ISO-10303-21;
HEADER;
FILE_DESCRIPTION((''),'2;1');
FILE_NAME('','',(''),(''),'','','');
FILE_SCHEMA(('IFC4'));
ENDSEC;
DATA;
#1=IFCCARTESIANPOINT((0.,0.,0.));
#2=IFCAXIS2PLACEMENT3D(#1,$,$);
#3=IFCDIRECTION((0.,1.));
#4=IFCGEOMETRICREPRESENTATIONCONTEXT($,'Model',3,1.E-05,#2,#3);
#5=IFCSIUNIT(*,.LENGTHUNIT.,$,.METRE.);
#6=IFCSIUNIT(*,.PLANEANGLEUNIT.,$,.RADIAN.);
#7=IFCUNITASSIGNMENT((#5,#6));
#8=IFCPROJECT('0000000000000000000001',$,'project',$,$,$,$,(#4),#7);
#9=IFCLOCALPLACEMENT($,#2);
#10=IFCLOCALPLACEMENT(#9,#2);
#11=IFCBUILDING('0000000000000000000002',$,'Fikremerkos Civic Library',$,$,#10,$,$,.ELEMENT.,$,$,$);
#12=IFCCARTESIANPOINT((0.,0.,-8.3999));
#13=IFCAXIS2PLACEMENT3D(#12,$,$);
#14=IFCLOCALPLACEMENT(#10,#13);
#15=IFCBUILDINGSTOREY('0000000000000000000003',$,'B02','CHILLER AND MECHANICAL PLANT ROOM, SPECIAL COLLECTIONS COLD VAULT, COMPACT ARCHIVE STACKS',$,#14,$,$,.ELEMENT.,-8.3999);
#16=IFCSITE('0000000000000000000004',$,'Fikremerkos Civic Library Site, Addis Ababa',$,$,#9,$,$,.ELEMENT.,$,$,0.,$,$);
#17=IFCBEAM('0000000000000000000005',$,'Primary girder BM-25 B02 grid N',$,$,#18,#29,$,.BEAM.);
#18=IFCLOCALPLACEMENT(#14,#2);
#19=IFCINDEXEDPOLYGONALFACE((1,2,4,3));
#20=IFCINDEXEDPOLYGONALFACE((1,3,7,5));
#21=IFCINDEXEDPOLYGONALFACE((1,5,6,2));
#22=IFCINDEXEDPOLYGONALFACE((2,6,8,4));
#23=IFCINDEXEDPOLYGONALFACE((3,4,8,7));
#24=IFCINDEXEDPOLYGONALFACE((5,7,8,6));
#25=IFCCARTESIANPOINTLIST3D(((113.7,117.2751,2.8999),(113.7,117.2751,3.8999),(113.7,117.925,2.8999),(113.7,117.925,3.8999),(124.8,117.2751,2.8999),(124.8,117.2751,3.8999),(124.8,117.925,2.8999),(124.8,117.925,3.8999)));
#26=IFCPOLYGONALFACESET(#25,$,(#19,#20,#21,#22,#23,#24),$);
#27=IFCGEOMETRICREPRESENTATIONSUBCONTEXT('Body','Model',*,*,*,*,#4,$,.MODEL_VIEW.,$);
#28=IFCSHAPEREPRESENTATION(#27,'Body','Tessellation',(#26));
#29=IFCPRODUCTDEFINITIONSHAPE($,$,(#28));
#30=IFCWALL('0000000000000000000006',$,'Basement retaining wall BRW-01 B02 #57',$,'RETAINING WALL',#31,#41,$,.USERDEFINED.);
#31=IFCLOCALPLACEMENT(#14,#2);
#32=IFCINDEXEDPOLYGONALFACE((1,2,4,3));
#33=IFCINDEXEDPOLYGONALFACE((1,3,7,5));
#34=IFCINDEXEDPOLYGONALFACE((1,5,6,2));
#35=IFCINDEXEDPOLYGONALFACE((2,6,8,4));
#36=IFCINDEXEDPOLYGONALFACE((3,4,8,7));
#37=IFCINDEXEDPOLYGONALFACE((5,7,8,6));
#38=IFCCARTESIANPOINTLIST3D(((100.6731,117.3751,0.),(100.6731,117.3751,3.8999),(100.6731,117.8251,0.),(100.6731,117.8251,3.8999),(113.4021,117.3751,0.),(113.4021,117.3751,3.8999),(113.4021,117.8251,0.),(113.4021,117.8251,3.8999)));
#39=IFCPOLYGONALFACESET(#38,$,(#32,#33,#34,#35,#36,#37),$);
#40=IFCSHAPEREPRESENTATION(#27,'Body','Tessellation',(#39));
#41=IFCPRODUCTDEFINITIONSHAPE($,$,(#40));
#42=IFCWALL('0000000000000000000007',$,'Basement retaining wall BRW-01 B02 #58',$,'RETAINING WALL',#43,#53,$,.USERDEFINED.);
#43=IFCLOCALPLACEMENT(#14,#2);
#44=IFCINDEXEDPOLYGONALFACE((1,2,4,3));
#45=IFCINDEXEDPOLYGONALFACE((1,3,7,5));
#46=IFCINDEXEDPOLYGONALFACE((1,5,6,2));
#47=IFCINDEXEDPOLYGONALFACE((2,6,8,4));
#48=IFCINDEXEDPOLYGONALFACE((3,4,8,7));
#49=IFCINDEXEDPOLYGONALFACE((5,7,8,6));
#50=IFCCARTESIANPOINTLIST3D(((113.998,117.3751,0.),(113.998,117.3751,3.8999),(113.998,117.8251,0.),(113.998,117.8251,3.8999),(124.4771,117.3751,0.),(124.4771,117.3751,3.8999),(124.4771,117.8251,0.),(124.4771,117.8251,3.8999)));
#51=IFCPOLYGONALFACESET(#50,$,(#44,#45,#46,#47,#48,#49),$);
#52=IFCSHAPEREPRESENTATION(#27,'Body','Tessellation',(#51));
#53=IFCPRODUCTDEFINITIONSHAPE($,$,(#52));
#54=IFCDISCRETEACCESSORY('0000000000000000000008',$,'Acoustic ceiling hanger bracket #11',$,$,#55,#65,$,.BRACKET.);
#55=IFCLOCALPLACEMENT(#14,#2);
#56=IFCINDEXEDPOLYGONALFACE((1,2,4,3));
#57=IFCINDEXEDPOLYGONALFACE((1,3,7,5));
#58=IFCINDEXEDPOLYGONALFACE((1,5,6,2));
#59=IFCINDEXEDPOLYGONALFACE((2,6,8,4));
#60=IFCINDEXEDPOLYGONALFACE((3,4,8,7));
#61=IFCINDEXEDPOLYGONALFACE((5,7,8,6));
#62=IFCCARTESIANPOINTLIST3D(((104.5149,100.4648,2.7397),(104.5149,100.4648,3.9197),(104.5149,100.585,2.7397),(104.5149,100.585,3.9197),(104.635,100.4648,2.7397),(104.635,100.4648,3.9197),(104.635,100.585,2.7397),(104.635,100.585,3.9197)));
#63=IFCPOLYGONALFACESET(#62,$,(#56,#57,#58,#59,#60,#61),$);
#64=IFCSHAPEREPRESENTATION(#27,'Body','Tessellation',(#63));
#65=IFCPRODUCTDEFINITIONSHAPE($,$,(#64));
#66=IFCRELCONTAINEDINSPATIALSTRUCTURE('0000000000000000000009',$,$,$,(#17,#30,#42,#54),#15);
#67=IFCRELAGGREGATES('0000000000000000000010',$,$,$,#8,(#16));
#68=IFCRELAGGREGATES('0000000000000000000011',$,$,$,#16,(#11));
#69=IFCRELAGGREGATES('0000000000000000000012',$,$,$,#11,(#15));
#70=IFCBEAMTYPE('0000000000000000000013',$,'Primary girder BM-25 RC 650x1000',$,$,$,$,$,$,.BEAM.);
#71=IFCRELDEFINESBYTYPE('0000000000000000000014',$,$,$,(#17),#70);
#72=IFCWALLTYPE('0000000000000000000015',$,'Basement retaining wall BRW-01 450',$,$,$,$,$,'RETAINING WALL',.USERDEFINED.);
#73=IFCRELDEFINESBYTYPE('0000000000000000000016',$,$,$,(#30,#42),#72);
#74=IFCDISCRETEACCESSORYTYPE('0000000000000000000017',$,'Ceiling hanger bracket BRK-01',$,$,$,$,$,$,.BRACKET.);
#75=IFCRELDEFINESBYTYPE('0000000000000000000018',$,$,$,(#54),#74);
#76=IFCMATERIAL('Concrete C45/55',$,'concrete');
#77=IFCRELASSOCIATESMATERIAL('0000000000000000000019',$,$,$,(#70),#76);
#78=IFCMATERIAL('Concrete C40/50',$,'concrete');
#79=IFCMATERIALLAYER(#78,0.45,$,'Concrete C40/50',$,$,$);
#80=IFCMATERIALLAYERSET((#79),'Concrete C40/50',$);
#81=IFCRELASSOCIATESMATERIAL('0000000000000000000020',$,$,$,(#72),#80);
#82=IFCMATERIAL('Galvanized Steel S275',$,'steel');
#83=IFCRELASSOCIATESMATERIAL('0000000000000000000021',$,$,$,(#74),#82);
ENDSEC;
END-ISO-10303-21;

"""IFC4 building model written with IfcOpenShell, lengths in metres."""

from ifc_helpers import new_model, si_unit, direction, frame, frame_2d, origin, origin_2d, place, context, subcontext, project, spatial, rectangle, extrude, material, layer, layer_set, material_profile, profile_set, type_object, element, save


model = new_model("IFC4")

# Units and contexts
model_context = context("Model", 3, precision=1e-05, world=origin(), true_north=direction((0.0, 1.0)))
body_context = subcontext(model_context, "Body", "Model", "MODEL_VIEW")
ifc_project = project(units=[si_unit("LENGTHUNIT", "METRE"), si_unit("PLANEANGLEUNIT", "RADIAN")], contexts=[model_context])

# Site, building, storey
site_placement = place(None, origin())
site = spatial("IfcSite", under=ifc_project, at=site_placement, Name="Fikremerkos Civic Library Site, Addis Ababa", CompositionType="ELEMENT", RefElevation=0.0)
building_placement = place(site_placement, origin())
building = spatial("IfcBuilding", under=site, at=building_placement, Name="Fikremerkos Civic Library", CompositionType="ELEMENT")
storey_placement = place(building_placement, frame((0.0, 0.0, -8.3999)))
storey = spatial("IfcBuildingStorey", under=building, at=storey_placement, Name="B02", Description="CHILLER AND MECHANICAL PLANT ROOM, SPECIAL COLLECTIONS COLD VAULT, COMPACT ARCHIVE STACKS", CompositionType="ELEMENT", Elevation=-8.3999)

# Shared definitions
ifc_material_1 = material(Name="Concrete C40/50", Category="concrete")

# Shared definitions
ifc_material_2 = material(Name="Concrete C45/55", Category="concrete")

# Beam
ifc_material_profile_1 = material_profile(ifc_material_2, rectangle(XDim=0.6499, YDim=1.0, at=origin_2d()), Name="RC 650x1000")
ifc_profile_set_1 = profile_set([ifc_material_profile_1], Name="Concrete C45/55")
beam_type_1 = type_object("IfcBeamType", Name="Primary girder BM-25 RC 650x1000", PredefinedType="BEAM", material=ifc_profile_set_1)
beam_1_placement = place(storey_placement, frame((113.7, 117.6001, 3.3999), z_axis=(1.0, 0.0, 0.0), x_axis=(0.0, 1.0, 0.0)))
element("IfcBeam", 1, at=beam_1_placement, inside=storey, type_object=beam_type_1, Name="Primary girder BM-25 B02 grid N", PredefinedType="BEAM", context=body_context, shape_type="SweptSolid", body=[
    extrude(rectangle(XDim=0.6499, YDim=1.0, at=origin_2d()), origin(), (0.0, 0.0, 1.0), 11.1001),
])

# Walls
ifc_layer = layer(ifc_material_1, 0.45, Name="Concrete C40/50")
ifc_layer_set = layer_set([ifc_layer], Name="Concrete C40/50")
wall_type = type_object("IfcWallType", Name="Basement retaining wall BRW-01 450", ElementType="RETAINING WALL", PredefinedType="USERDEFINED", material=ifc_layer_set)
wall_1_placement = place(storey_placement, frame((100.6731, 117.6001, 0.0), z_axis=(0.0, 0.0, 1.0), x_axis=(1.0, 0.0, 0.0)))
element("IfcWall", 2, at=wall_1_placement, inside=storey, type_object=wall_type, Name="Basement retaining wall BRW-01 B02 #57", ObjectType="RETAINING WALL", PredefinedType="USERDEFINED", context=body_context, shape_type="SweptSolid", body=[
    extrude(rectangle(XDim=12.729, YDim=0.45, at=frame_2d((6.3645, 0.0))), origin(), (0.0, 0.0, 1.0), 3.8999),
])
wall_2_placement = place(storey_placement, frame((113.998, 117.6001, 0.0), z_axis=(0.0, 0.0, 1.0), x_axis=(1.0, 0.0, 0.0)))
element("IfcWall", 3, at=wall_2_placement, inside=storey, type_object=wall_type, Name="Basement retaining wall BRW-01 B02 #58", ObjectType="RETAINING WALL", PredefinedType="USERDEFINED", context=body_context, shape_type="SweptSolid", body=[
    extrude(rectangle(XDim=10.479, YDim=0.45, at=frame_2d((5.2395, 0.0))), origin(), (0.0, 0.0, 1.0), 3.8999),
])

# Discrete accessory
ifc_material_3 = material(Name="Galvanized Steel S275", Category="steel")
discrete_accessory_type = type_object("IfcDiscreteAccessoryType", Name="Ceiling hanger bracket BRK-01", PredefinedType="BRACKET", material=ifc_material_3)
discrete_accessory_placement = place(storey_placement, frame((104.575, 100.5249, 2.7397), z_axis=(0.0, 0.0, 1.0), x_axis=(1.0, 0.0, 0.0)))
element("IfcDiscreteAccessory", 4, at=discrete_accessory_placement, inside=storey, type_object=discrete_accessory_type, Name="Acoustic ceiling hanger bracket #11", PredefinedType="BRACKET", context=body_context, shape_type="SweptSolid", body=[
    extrude(rectangle(XDim=0.1201, YDim=0.1201, at=origin_2d()), origin(), (0.0, 0.0, 1.0), 1.1799),
])

save(model, "model.ifc")
